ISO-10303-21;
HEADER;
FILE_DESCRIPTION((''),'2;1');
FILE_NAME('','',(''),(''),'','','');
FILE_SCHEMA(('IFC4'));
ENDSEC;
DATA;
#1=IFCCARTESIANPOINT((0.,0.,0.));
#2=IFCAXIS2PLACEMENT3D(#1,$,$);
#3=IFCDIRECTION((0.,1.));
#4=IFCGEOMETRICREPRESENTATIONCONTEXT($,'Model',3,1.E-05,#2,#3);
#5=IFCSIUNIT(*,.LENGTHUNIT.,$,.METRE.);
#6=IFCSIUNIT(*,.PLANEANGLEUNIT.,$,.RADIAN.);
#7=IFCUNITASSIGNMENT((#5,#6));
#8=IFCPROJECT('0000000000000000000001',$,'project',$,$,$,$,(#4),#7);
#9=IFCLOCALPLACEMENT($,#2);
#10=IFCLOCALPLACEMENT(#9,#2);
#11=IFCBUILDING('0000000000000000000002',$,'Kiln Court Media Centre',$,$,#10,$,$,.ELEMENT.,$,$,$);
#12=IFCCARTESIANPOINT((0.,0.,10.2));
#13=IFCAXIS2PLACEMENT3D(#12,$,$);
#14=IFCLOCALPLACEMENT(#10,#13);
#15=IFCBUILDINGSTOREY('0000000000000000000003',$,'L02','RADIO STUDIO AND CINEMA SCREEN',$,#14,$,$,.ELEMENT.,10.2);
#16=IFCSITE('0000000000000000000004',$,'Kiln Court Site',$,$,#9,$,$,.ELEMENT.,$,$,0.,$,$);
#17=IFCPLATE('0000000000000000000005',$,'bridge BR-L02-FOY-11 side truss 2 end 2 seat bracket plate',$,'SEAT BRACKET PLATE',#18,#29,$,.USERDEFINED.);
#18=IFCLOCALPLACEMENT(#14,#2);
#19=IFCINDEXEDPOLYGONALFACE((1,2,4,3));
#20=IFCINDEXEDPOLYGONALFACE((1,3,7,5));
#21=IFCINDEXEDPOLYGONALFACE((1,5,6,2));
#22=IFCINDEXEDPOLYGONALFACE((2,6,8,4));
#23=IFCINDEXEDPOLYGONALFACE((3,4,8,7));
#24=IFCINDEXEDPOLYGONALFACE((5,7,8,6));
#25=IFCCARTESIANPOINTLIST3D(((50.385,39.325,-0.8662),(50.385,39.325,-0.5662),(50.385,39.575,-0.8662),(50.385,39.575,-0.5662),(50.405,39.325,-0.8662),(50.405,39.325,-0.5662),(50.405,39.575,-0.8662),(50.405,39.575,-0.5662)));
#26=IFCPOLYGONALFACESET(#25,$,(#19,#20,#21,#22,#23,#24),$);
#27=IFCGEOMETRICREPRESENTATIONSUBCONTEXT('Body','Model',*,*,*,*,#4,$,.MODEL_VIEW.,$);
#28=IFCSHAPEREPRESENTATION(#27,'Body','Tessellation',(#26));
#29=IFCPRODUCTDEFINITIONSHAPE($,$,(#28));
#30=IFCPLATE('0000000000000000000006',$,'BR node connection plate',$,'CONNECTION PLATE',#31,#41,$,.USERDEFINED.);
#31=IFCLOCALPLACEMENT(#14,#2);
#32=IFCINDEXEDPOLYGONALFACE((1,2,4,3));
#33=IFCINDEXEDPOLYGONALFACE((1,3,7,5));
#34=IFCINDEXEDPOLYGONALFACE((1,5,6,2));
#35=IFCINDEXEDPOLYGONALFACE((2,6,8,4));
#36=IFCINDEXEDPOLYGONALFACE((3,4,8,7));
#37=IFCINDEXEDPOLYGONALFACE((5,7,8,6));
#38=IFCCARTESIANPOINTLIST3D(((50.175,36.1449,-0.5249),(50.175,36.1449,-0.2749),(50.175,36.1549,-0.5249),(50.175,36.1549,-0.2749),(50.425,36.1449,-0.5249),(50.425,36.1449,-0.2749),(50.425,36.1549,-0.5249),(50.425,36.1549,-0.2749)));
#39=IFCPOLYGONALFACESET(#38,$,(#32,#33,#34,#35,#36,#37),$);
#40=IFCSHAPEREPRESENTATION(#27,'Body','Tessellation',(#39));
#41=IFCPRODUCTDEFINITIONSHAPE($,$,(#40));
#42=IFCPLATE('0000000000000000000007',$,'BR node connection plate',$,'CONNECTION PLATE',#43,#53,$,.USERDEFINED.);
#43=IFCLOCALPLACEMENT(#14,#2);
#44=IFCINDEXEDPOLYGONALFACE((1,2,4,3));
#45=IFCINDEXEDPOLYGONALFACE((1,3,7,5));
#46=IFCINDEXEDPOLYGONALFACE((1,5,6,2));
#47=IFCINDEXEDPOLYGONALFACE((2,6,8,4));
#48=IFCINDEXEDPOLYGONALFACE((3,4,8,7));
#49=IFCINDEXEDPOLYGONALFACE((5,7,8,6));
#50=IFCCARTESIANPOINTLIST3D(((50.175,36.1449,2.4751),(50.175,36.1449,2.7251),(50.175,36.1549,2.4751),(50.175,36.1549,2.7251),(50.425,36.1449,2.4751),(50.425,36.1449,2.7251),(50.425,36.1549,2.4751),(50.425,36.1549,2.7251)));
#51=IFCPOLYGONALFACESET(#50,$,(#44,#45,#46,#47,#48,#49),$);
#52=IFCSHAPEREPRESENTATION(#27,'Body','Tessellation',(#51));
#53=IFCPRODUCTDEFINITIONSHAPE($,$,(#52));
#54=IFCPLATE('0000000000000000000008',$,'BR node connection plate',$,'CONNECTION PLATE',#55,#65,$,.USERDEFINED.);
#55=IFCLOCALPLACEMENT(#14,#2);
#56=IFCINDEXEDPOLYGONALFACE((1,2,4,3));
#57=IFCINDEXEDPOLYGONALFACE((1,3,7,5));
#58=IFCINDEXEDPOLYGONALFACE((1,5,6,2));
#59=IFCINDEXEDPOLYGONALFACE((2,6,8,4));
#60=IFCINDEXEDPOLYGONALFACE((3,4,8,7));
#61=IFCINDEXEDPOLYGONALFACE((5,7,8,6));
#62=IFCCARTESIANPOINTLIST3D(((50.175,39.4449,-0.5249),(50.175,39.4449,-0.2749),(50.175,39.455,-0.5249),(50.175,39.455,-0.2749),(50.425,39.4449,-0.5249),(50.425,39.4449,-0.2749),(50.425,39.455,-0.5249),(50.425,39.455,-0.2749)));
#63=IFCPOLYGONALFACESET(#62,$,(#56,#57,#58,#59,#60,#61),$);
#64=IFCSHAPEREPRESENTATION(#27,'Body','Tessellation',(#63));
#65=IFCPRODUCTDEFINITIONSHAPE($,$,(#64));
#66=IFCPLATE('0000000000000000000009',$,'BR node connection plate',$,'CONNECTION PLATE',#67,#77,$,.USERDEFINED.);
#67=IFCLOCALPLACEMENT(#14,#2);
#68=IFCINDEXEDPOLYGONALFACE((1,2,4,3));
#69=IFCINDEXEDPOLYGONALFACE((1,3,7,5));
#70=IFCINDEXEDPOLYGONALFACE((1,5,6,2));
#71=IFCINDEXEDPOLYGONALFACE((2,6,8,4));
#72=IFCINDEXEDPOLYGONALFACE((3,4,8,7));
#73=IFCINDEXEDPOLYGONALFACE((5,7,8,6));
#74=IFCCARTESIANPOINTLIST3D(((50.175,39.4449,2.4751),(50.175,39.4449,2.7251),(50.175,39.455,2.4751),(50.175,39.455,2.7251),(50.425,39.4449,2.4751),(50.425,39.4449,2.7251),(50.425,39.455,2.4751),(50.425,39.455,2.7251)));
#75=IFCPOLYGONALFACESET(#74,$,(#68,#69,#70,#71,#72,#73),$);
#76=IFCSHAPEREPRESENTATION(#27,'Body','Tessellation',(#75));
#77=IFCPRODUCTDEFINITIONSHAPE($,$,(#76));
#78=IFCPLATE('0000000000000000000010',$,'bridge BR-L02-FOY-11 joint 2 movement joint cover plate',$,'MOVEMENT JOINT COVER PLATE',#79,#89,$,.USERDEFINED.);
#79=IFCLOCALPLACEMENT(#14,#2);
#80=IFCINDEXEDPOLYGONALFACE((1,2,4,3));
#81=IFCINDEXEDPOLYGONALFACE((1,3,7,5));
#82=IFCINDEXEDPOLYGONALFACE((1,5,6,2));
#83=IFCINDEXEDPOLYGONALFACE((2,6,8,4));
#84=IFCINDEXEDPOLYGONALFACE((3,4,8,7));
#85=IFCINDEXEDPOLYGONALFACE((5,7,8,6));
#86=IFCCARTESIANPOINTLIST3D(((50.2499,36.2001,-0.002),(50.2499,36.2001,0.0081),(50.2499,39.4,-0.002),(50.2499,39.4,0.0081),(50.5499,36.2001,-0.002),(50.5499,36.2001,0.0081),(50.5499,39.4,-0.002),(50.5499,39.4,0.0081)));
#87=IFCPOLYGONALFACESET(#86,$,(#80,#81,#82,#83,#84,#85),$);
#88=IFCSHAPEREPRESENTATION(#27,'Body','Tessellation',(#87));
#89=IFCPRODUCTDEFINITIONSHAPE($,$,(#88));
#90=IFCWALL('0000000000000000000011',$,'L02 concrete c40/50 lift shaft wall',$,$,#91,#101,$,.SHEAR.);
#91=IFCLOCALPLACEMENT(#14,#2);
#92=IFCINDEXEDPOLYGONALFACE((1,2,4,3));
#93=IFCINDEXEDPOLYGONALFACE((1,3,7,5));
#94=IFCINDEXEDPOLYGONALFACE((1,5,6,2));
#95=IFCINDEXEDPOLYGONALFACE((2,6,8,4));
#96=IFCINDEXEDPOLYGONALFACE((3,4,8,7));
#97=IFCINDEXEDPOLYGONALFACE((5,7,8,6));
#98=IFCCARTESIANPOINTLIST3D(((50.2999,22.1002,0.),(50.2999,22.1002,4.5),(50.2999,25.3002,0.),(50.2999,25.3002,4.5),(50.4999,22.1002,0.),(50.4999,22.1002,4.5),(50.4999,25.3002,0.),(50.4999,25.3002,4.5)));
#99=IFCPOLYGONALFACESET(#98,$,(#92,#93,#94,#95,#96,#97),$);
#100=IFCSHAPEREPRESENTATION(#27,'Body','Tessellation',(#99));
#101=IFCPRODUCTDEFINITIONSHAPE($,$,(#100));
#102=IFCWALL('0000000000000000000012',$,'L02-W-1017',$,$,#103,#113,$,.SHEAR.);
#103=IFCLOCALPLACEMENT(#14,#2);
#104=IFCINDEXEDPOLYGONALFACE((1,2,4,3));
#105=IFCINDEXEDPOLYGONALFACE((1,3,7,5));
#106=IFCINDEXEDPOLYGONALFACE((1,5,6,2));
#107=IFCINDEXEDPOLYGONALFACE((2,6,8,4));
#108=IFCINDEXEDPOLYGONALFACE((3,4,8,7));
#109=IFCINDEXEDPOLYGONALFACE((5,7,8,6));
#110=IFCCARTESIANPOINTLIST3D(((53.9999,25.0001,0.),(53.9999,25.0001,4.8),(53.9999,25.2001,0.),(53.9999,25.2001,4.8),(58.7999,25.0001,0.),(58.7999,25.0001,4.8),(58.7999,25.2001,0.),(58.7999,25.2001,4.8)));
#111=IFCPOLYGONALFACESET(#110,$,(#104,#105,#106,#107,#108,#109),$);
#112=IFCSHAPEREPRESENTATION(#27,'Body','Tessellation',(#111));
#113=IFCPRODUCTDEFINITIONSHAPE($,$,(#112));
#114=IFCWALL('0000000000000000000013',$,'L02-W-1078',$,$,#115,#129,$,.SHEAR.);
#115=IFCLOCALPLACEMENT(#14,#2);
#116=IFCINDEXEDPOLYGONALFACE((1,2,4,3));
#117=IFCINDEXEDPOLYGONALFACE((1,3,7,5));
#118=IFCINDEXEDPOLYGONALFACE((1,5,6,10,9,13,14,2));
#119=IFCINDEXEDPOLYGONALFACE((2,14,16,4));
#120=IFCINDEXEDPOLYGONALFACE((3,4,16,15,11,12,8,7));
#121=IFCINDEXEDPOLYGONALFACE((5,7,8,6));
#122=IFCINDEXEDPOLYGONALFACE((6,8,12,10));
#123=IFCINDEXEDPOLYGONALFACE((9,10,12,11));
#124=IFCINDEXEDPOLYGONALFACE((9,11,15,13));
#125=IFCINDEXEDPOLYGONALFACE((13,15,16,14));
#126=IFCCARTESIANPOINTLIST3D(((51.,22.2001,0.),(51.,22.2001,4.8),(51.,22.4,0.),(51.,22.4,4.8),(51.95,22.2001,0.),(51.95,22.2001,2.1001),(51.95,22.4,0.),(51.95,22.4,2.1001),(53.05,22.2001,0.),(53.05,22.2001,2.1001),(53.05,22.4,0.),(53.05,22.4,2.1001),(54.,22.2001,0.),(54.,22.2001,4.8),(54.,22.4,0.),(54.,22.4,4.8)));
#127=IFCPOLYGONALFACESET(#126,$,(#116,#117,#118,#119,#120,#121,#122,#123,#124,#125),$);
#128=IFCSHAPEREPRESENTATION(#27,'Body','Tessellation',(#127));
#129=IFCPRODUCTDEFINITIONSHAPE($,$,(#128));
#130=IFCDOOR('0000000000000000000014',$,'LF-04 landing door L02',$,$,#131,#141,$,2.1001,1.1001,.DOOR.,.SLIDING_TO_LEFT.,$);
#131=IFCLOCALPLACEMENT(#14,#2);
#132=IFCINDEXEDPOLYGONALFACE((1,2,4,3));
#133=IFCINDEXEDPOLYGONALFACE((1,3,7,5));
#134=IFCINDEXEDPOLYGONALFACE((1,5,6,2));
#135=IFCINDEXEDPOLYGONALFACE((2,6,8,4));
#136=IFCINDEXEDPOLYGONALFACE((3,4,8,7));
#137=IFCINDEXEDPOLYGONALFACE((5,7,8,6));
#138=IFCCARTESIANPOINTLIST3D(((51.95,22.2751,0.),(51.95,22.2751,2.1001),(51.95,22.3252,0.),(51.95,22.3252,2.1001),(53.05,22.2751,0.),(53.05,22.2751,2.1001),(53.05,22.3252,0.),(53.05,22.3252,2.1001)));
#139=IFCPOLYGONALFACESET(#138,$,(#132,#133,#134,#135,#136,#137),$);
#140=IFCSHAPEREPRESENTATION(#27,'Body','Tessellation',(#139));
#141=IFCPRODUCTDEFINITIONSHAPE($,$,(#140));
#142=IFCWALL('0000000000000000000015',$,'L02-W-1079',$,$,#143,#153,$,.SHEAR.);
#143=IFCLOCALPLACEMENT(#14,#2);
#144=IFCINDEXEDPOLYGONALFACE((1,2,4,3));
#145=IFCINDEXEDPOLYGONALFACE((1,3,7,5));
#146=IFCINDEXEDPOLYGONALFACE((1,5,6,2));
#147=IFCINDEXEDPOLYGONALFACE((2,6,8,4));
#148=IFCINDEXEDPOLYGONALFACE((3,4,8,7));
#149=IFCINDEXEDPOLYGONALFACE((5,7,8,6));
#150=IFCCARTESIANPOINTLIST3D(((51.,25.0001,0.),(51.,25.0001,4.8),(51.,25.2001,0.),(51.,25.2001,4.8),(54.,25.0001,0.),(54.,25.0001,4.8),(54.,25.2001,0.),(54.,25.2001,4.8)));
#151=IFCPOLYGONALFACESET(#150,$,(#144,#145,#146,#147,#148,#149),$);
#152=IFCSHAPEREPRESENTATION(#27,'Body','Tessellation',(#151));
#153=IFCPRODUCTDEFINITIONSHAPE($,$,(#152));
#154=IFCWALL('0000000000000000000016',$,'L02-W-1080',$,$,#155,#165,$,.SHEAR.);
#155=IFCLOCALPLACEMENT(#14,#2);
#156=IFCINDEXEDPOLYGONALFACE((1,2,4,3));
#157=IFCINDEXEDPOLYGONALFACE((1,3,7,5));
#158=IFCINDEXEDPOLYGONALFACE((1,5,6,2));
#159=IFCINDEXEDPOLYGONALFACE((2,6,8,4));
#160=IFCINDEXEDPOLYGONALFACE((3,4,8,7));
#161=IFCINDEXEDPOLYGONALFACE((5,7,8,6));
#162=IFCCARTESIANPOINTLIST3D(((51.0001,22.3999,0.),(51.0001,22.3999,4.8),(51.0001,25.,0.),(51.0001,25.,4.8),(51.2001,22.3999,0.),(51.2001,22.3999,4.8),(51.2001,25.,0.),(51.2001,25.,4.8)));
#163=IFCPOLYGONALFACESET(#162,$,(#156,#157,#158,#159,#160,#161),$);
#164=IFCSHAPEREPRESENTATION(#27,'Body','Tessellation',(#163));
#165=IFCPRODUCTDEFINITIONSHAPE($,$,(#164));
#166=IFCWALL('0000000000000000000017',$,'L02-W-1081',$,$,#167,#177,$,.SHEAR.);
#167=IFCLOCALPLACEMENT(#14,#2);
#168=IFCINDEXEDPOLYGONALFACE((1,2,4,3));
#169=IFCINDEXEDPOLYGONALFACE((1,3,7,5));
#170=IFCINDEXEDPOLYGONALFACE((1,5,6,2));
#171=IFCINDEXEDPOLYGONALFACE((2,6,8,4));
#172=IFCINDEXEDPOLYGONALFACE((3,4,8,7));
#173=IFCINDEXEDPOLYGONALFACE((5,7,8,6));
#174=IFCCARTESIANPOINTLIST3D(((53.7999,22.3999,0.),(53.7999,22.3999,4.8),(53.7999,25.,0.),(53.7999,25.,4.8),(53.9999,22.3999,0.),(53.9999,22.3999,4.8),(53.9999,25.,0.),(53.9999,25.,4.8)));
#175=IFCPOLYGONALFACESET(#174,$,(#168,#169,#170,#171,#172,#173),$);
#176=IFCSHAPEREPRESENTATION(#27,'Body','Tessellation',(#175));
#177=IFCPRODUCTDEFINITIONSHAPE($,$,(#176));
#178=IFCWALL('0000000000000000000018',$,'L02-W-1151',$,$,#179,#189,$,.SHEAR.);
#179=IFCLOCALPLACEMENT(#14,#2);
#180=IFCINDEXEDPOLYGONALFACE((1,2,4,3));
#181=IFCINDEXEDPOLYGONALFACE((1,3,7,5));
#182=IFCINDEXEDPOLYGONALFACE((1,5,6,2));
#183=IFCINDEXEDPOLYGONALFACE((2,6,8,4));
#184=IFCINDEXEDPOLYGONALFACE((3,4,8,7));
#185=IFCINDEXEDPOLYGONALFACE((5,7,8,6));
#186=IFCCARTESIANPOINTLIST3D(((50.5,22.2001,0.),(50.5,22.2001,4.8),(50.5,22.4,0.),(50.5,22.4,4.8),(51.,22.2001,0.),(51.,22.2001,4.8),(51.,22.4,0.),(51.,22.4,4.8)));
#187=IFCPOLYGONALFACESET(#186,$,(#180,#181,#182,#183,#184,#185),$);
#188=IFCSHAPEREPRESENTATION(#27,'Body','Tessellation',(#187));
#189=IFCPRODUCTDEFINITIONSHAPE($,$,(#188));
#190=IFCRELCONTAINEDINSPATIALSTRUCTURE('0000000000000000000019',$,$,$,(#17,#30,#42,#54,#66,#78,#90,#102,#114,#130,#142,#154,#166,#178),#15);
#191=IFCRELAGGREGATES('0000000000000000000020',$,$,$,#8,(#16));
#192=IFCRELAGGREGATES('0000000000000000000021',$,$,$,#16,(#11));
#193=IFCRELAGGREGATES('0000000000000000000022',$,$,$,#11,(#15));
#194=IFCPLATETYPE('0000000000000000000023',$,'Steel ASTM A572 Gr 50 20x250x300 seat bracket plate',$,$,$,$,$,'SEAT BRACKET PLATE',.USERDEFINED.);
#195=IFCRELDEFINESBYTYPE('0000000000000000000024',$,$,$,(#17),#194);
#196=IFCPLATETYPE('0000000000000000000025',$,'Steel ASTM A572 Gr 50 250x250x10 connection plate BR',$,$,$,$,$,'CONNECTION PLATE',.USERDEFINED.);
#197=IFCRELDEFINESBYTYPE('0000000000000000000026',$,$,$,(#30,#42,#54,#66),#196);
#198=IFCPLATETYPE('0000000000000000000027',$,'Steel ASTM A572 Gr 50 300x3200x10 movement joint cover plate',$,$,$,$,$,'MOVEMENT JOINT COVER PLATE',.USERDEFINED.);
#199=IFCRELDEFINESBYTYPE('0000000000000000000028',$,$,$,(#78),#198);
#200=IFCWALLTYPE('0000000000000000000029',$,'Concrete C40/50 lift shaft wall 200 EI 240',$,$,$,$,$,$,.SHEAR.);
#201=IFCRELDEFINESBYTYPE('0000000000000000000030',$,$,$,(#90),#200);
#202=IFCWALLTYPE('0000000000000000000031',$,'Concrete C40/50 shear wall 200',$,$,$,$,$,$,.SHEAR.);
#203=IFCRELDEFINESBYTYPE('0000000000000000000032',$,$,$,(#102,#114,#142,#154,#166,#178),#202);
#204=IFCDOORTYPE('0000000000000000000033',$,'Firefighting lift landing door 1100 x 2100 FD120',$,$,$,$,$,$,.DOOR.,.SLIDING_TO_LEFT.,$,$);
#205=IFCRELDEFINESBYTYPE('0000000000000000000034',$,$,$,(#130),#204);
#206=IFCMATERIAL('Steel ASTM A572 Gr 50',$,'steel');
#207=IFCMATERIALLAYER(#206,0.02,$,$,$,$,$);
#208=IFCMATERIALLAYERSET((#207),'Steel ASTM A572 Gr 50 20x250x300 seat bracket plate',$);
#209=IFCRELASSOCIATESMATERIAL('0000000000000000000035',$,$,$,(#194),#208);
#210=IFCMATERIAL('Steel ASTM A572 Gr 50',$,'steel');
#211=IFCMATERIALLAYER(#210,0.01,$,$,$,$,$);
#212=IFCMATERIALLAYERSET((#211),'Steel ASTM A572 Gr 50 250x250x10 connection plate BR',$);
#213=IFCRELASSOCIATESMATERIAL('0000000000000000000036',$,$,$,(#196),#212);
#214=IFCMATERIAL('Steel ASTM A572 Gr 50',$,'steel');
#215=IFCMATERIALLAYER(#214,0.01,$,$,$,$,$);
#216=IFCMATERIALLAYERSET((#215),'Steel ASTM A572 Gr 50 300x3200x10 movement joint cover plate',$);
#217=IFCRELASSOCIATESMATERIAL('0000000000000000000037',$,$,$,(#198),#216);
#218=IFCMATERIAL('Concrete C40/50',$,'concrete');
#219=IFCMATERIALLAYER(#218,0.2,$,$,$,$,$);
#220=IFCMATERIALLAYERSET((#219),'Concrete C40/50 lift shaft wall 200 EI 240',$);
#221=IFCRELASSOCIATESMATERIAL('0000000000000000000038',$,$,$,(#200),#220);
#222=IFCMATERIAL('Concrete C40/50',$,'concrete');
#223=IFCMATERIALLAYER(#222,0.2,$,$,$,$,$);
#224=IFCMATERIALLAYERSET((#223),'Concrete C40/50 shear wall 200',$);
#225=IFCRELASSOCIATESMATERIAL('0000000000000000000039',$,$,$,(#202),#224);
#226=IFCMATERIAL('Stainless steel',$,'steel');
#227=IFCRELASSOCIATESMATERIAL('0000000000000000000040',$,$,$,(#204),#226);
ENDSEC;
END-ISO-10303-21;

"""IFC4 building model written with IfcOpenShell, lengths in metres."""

from ifc_helpers import new_model, si_unit, direction, frame, frame_2d, origin, origin_2d, place, context, subcontext, project, spatial, rectangle, extrude, material, layer, layer_set, type_object, element, fill, save


model = new_model("IFC4")

# Units and contexts
model_context = context("Model", 3, precision=1e-05, world=origin(), true_north=direction((0.0, 1.0)))
body_context = subcontext(model_context, "Body", "Model", "MODEL_VIEW")
ifc_project = project(units=[si_unit("LENGTHUNIT", "METRE"), si_unit("PLANEANGLEUNIT", "RADIAN")], contexts=[model_context])

# Site, building, storey
site_placement = place(None, origin())
site = spatial("IfcSite", under=ifc_project, at=site_placement, Name="Kiln Court Site", CompositionType="ELEMENT", RefElevation=0.0)
building_placement = place(site_placement, origin())
building = spatial("IfcBuilding", under=site, at=building_placement, Name="Kiln Court Media Centre", CompositionType="ELEMENT")
storey_placement = place(building_placement, frame((0.0, 0.0, 10.2)))
storey = spatial("IfcBuildingStorey", under=building, at=storey_placement, Name="L02", Description="RADIO STUDIO AND CINEMA SCREEN", CompositionType="ELEMENT", Elevation=10.2)

# Plates
ifc_material_1 = material(Name="Steel ASTM A572 Gr 50", Category="steel")
ifc_layer_1 = layer(ifc_material_1, 0.02)
ifc_layer_set_1 = layer_set([ifc_layer_1], Name="Steel ASTM A572 Gr 50 20x250x300 seat bracket plate")
plate_type_1 = type_object("IfcPlateType", Name="Steel ASTM A572 Gr 50 20x250x300 seat bracket plate", ElementType="SEAT BRACKET PLATE", PredefinedType="USERDEFINED", material=ifc_layer_set_1)
for number, where, z_axis, x_axis, name in (
    (1, (50.395, 39.45, -0.8662), (0.0, 0.0, 1.0), (1.0, 0.0, 0.0), "bridge BR-L02-FOY-11 side truss 2 end 2 seat bracket plate"),
):
    element("IfcPlate", number, at=place(storey_placement, frame(where, z_axis=z_axis, x_axis=x_axis)), inside=storey, type_object=plate_type_1, Name=name, ObjectType="SEAT BRACKET PLATE", PredefinedType="USERDEFINED", context=body_context, shape_type="SweptSolid", body=[
        extrude(rectangle(XDim=0.02, YDim=0.25, at=origin_2d()), origin(), (0.0, 0.0, 1.0), 0.3),
    ])
ifc_material_2 = material(Name="Steel ASTM A572 Gr 50", Category="steel")
ifc_layer_2 = layer(ifc_material_2, 0.01)
ifc_layer_set_2 = layer_set([ifc_layer_2], Name="Steel ASTM A572 Gr 50 250x250x10 connection plate BR")
plate_type_2 = type_object("IfcPlateType", Name="Steel ASTM A572 Gr 50 250x250x10 connection plate BR", ElementType="CONNECTION PLATE", PredefinedType="USERDEFINED", material=ifc_layer_set_2)
for number, where, z_axis, x_axis, name in (
    (2, (50.3, 36.1499, -0.5249), (0.0, 0.0, 1.0), (1.0, 0.0, 0.0), "BR node connection plate"),
    (3, (50.3, 36.1499, 2.4751), (0.0, 0.0, 1.0), (1.0, 0.0, 0.0), "BR node connection plate"),
    (4, (50.3, 39.45, -0.5249), (0.0, 0.0, 1.0), (1.0, 0.0, 0.0), "BR node connection plate"),
    (5, (50.3, 39.45, 2.4751), (0.0, 0.0, 1.0), (1.0, 0.0, 0.0), "BR node connection plate"),
):
    element("IfcPlate", number, at=place(storey_placement, frame(where, z_axis=z_axis, x_axis=x_axis)), inside=storey, type_object=plate_type_2, Name=name, ObjectType="CONNECTION PLATE", PredefinedType="USERDEFINED", context=body_context, shape_type="SweptSolid", body=[
        extrude(rectangle(XDim=0.25, YDim=0.01, at=origin_2d()), origin(), (0.0, 0.0, 1.0), 0.25),
    ])
ifc_material_3 = material(Name="Steel ASTM A572 Gr 50", Category="steel")
ifc_layer_3 = layer(ifc_material_3, 0.01)
ifc_layer_set_3 = layer_set([ifc_layer_3], Name="Steel ASTM A572 Gr 50 300x3200x10 movement joint cover plate")
plate_type_3 = type_object("IfcPlateType", Name="Steel ASTM A572 Gr 50 300x3200x10 movement joint cover plate", ElementType="MOVEMENT JOINT COVER PLATE", PredefinedType="USERDEFINED", material=ifc_layer_set_3)
plate_placement = place(storey_placement, frame((50.3999, 37.8, -0.002), z_axis=(0.0, 0.0, 1.0), x_axis=(1.0, 0.0, 0.0)))
element("IfcPlate", 6, at=plate_placement, inside=storey, type_object=plate_type_3, Name="bridge BR-L02-FOY-11 joint 2 movement joint cover plate", ObjectType="MOVEMENT JOINT COVER PLATE", PredefinedType="USERDEFINED", context=body_context, shape_type="SweptSolid", body=[
    extrude(rectangle(XDim=0.3, YDim=3.2, at=origin_2d()), origin(), (0.0, 0.0, 1.0), 0.01),
])

# Walls
ifc_material_4 = material(Name="Concrete C40/50", Category="concrete")
ifc_layer_4 = layer(ifc_material_4, 0.2)
ifc_layer_set_4 = layer_set([ifc_layer_4], Name="Concrete C40/50 lift shaft wall 200 EI 240")
wall_type_1 = type_object("IfcWallType", Name="Concrete C40/50 lift shaft wall 200 EI 240", PredefinedType="SHEAR", material=ifc_layer_set_4)
wall_1_placement = place(storey_placement, frame((50.3999, 22.1001, 0.0), z_axis=(0.0, 0.0, 1.0), x_axis=(0.0, 1.0, 0.0)))
element("IfcWall", 7, at=wall_1_placement, inside=storey, type_object=wall_type_1, Name="L02 concrete c40/50 lift shaft wall", PredefinedType="SHEAR", context=body_context, shape_type="SweptSolid", body=[
    extrude(rectangle(XDim=3.2, YDim=0.2, at=frame_2d((1.6001, 0.0))), origin(), (0.0, 0.0, 1.0), 4.5),
])
ifc_material_5 = material(Name="Concrete C40/50", Category="concrete")
ifc_layer_5 = layer(ifc_material_5, 0.2)
ifc_layer_set_5 = layer_set([ifc_layer_5], Name="Concrete C40/50 shear wall 200")
wall_type_2 = type_object("IfcWallType", Name="Concrete C40/50 shear wall 200", PredefinedType="SHEAR", material=ifc_layer_set_5)
wall_2_placement = place(storey_placement, frame((54.0, 25.1001, 0.0), z_axis=(0.0, 0.0, 1.0), x_axis=(1.0, 0.0, 0.0)))
element("IfcWall", 8, at=wall_2_placement, inside=storey, type_object=wall_type_2, Name="L02-W-1017", PredefinedType="SHEAR", context=body_context, shape_type="SweptSolid", body=[
    extrude(rectangle(XDim=4.8, YDim=0.2, at=frame_2d((2.3999, 0.0))), origin(), (0.0, 0.0, 1.0), 4.8),
])

# Wall, opening, door
wall_3_placement = place(storey_placement, frame((54.0, 22.3, 0.0), z_axis=(0.0, 0.0, 1.0), x_axis=(-1.0, 0.0, 0.0)))
wall_3 = element("IfcWall", 9, at=wall_3_placement, inside=storey, type_object=wall_type_2, Name="L02-W-1078", PredefinedType="SHEAR", context=body_context, shape_type="SweptSolid", body=[
    extrude(rectangle(XDim=3.0, YDim=0.2, at=frame_2d((1.5, 0.0))), origin(), (0.0, 0.0, 1.0), 4.8),
])
opening_placement = place(wall_3_placement, frame((0.95, 0.0, 0.0)))
opening = element("IfcOpeningElement", 10, at=opening_placement, cuts=wall_3, PredefinedType="OPENING", context=body_context, shape_type="SweptSolid", body=[
    extrude(rectangle(XDim=1.1001, YDim=2.1001, at=frame_2d((0.55, 1.05))), frame((0.0, 0.1099, 0.0), z_axis=(0.0, -1.0, 0.0), x_axis=(1.0, 0.0, 0.0)), (0.0, 0.0, 1.0), 0.22),
])
ifc_material_6 = material(Name="Stainless steel", Category="steel")
door_type = type_object("IfcDoorType", Name="Firefighting lift landing door 1100 x 2100 FD120", OperationType="SLIDING_TO_LEFT", PredefinedType="DOOR", material=ifc_material_6)
door_placement = place(opening_placement, origin())
door = element("IfcDoor", 11, at=door_placement, inside=storey, type_object=door_type, Name="LF-04 landing door L02", OperationType="SLIDING_TO_LEFT", OverallHeight=2.1001, OverallWidth=1.1001, PredefinedType="DOOR", context=body_context, shape_type="SweptSolid", body=[
    extrude(rectangle(XDim=1.1001, YDim=2.1001, at=frame_2d((0.55, 1.05))), frame((0.0, 0.0249, 0.0), z_axis=(0.0, -1.0, 0.0), x_axis=(1.0, 0.0, 0.0)), (0.0, 0.0, 1.0), 0.05),
])
fill(opening, door)

# Walls
wall_4_placement = place(storey_placement, frame((51.0, 25.1001, 0.0), z_axis=(0.0, 0.0, 1.0), x_axis=(1.0, 0.0, 0.0)))
element("IfcWall", 12, at=wall_4_placement, inside=storey, type_object=wall_type_2, Name="L02-W-1079", PredefinedType="SHEAR", context=body_context, shape_type="SweptSolid", body=[
    extrude(rectangle(XDim=3.0, YDim=0.2, at=frame_2d((1.5, 0.0))), origin(), (0.0, 0.0, 1.0), 4.8),
])
for number, where, z_axis, x_axis, name in (
    (13, (51.1001, 22.3999, 0.0), (0.0, 0.0, 1.0), (0.0, 1.0, 0.0), "L02-W-1080"),
    (14, (53.8999, 25.0, 0.0), (0.0, 0.0, 1.0), (0.0, -1.0, 0.0), "L02-W-1081"),
):
    element("IfcWall", number, at=place(storey_placement, frame(where, z_axis=z_axis, x_axis=x_axis)), inside=storey, type_object=wall_type_2, Name=name, PredefinedType="SHEAR", context=body_context, shape_type="SweptSolid", body=[
        extrude(rectangle(XDim=2.6001, YDim=0.2, at=frame_2d((1.3, 0.0))), origin(), (0.0, 0.0, 1.0), 4.8),
    ])
wall_5_placement = place(storey_placement, frame((51.0, 22.3, 0.0), z_axis=(0.0, 0.0, 1.0), x_axis=(-1.0, 0.0, 0.0)))
element("IfcWall", 15, at=wall_5_placement, inside=storey, type_object=wall_type_2, Name="L02-W-1151", PredefinedType="SHEAR", context=body_context, shape_type="SweptSolid", body=[
    extrude(rectangle(XDim=0.5, YDim=0.2, at=frame_2d((0.25, 0.0))), origin(), (0.0, 0.0, 1.0), 4.8),
])

save(model, "model.ifc")
